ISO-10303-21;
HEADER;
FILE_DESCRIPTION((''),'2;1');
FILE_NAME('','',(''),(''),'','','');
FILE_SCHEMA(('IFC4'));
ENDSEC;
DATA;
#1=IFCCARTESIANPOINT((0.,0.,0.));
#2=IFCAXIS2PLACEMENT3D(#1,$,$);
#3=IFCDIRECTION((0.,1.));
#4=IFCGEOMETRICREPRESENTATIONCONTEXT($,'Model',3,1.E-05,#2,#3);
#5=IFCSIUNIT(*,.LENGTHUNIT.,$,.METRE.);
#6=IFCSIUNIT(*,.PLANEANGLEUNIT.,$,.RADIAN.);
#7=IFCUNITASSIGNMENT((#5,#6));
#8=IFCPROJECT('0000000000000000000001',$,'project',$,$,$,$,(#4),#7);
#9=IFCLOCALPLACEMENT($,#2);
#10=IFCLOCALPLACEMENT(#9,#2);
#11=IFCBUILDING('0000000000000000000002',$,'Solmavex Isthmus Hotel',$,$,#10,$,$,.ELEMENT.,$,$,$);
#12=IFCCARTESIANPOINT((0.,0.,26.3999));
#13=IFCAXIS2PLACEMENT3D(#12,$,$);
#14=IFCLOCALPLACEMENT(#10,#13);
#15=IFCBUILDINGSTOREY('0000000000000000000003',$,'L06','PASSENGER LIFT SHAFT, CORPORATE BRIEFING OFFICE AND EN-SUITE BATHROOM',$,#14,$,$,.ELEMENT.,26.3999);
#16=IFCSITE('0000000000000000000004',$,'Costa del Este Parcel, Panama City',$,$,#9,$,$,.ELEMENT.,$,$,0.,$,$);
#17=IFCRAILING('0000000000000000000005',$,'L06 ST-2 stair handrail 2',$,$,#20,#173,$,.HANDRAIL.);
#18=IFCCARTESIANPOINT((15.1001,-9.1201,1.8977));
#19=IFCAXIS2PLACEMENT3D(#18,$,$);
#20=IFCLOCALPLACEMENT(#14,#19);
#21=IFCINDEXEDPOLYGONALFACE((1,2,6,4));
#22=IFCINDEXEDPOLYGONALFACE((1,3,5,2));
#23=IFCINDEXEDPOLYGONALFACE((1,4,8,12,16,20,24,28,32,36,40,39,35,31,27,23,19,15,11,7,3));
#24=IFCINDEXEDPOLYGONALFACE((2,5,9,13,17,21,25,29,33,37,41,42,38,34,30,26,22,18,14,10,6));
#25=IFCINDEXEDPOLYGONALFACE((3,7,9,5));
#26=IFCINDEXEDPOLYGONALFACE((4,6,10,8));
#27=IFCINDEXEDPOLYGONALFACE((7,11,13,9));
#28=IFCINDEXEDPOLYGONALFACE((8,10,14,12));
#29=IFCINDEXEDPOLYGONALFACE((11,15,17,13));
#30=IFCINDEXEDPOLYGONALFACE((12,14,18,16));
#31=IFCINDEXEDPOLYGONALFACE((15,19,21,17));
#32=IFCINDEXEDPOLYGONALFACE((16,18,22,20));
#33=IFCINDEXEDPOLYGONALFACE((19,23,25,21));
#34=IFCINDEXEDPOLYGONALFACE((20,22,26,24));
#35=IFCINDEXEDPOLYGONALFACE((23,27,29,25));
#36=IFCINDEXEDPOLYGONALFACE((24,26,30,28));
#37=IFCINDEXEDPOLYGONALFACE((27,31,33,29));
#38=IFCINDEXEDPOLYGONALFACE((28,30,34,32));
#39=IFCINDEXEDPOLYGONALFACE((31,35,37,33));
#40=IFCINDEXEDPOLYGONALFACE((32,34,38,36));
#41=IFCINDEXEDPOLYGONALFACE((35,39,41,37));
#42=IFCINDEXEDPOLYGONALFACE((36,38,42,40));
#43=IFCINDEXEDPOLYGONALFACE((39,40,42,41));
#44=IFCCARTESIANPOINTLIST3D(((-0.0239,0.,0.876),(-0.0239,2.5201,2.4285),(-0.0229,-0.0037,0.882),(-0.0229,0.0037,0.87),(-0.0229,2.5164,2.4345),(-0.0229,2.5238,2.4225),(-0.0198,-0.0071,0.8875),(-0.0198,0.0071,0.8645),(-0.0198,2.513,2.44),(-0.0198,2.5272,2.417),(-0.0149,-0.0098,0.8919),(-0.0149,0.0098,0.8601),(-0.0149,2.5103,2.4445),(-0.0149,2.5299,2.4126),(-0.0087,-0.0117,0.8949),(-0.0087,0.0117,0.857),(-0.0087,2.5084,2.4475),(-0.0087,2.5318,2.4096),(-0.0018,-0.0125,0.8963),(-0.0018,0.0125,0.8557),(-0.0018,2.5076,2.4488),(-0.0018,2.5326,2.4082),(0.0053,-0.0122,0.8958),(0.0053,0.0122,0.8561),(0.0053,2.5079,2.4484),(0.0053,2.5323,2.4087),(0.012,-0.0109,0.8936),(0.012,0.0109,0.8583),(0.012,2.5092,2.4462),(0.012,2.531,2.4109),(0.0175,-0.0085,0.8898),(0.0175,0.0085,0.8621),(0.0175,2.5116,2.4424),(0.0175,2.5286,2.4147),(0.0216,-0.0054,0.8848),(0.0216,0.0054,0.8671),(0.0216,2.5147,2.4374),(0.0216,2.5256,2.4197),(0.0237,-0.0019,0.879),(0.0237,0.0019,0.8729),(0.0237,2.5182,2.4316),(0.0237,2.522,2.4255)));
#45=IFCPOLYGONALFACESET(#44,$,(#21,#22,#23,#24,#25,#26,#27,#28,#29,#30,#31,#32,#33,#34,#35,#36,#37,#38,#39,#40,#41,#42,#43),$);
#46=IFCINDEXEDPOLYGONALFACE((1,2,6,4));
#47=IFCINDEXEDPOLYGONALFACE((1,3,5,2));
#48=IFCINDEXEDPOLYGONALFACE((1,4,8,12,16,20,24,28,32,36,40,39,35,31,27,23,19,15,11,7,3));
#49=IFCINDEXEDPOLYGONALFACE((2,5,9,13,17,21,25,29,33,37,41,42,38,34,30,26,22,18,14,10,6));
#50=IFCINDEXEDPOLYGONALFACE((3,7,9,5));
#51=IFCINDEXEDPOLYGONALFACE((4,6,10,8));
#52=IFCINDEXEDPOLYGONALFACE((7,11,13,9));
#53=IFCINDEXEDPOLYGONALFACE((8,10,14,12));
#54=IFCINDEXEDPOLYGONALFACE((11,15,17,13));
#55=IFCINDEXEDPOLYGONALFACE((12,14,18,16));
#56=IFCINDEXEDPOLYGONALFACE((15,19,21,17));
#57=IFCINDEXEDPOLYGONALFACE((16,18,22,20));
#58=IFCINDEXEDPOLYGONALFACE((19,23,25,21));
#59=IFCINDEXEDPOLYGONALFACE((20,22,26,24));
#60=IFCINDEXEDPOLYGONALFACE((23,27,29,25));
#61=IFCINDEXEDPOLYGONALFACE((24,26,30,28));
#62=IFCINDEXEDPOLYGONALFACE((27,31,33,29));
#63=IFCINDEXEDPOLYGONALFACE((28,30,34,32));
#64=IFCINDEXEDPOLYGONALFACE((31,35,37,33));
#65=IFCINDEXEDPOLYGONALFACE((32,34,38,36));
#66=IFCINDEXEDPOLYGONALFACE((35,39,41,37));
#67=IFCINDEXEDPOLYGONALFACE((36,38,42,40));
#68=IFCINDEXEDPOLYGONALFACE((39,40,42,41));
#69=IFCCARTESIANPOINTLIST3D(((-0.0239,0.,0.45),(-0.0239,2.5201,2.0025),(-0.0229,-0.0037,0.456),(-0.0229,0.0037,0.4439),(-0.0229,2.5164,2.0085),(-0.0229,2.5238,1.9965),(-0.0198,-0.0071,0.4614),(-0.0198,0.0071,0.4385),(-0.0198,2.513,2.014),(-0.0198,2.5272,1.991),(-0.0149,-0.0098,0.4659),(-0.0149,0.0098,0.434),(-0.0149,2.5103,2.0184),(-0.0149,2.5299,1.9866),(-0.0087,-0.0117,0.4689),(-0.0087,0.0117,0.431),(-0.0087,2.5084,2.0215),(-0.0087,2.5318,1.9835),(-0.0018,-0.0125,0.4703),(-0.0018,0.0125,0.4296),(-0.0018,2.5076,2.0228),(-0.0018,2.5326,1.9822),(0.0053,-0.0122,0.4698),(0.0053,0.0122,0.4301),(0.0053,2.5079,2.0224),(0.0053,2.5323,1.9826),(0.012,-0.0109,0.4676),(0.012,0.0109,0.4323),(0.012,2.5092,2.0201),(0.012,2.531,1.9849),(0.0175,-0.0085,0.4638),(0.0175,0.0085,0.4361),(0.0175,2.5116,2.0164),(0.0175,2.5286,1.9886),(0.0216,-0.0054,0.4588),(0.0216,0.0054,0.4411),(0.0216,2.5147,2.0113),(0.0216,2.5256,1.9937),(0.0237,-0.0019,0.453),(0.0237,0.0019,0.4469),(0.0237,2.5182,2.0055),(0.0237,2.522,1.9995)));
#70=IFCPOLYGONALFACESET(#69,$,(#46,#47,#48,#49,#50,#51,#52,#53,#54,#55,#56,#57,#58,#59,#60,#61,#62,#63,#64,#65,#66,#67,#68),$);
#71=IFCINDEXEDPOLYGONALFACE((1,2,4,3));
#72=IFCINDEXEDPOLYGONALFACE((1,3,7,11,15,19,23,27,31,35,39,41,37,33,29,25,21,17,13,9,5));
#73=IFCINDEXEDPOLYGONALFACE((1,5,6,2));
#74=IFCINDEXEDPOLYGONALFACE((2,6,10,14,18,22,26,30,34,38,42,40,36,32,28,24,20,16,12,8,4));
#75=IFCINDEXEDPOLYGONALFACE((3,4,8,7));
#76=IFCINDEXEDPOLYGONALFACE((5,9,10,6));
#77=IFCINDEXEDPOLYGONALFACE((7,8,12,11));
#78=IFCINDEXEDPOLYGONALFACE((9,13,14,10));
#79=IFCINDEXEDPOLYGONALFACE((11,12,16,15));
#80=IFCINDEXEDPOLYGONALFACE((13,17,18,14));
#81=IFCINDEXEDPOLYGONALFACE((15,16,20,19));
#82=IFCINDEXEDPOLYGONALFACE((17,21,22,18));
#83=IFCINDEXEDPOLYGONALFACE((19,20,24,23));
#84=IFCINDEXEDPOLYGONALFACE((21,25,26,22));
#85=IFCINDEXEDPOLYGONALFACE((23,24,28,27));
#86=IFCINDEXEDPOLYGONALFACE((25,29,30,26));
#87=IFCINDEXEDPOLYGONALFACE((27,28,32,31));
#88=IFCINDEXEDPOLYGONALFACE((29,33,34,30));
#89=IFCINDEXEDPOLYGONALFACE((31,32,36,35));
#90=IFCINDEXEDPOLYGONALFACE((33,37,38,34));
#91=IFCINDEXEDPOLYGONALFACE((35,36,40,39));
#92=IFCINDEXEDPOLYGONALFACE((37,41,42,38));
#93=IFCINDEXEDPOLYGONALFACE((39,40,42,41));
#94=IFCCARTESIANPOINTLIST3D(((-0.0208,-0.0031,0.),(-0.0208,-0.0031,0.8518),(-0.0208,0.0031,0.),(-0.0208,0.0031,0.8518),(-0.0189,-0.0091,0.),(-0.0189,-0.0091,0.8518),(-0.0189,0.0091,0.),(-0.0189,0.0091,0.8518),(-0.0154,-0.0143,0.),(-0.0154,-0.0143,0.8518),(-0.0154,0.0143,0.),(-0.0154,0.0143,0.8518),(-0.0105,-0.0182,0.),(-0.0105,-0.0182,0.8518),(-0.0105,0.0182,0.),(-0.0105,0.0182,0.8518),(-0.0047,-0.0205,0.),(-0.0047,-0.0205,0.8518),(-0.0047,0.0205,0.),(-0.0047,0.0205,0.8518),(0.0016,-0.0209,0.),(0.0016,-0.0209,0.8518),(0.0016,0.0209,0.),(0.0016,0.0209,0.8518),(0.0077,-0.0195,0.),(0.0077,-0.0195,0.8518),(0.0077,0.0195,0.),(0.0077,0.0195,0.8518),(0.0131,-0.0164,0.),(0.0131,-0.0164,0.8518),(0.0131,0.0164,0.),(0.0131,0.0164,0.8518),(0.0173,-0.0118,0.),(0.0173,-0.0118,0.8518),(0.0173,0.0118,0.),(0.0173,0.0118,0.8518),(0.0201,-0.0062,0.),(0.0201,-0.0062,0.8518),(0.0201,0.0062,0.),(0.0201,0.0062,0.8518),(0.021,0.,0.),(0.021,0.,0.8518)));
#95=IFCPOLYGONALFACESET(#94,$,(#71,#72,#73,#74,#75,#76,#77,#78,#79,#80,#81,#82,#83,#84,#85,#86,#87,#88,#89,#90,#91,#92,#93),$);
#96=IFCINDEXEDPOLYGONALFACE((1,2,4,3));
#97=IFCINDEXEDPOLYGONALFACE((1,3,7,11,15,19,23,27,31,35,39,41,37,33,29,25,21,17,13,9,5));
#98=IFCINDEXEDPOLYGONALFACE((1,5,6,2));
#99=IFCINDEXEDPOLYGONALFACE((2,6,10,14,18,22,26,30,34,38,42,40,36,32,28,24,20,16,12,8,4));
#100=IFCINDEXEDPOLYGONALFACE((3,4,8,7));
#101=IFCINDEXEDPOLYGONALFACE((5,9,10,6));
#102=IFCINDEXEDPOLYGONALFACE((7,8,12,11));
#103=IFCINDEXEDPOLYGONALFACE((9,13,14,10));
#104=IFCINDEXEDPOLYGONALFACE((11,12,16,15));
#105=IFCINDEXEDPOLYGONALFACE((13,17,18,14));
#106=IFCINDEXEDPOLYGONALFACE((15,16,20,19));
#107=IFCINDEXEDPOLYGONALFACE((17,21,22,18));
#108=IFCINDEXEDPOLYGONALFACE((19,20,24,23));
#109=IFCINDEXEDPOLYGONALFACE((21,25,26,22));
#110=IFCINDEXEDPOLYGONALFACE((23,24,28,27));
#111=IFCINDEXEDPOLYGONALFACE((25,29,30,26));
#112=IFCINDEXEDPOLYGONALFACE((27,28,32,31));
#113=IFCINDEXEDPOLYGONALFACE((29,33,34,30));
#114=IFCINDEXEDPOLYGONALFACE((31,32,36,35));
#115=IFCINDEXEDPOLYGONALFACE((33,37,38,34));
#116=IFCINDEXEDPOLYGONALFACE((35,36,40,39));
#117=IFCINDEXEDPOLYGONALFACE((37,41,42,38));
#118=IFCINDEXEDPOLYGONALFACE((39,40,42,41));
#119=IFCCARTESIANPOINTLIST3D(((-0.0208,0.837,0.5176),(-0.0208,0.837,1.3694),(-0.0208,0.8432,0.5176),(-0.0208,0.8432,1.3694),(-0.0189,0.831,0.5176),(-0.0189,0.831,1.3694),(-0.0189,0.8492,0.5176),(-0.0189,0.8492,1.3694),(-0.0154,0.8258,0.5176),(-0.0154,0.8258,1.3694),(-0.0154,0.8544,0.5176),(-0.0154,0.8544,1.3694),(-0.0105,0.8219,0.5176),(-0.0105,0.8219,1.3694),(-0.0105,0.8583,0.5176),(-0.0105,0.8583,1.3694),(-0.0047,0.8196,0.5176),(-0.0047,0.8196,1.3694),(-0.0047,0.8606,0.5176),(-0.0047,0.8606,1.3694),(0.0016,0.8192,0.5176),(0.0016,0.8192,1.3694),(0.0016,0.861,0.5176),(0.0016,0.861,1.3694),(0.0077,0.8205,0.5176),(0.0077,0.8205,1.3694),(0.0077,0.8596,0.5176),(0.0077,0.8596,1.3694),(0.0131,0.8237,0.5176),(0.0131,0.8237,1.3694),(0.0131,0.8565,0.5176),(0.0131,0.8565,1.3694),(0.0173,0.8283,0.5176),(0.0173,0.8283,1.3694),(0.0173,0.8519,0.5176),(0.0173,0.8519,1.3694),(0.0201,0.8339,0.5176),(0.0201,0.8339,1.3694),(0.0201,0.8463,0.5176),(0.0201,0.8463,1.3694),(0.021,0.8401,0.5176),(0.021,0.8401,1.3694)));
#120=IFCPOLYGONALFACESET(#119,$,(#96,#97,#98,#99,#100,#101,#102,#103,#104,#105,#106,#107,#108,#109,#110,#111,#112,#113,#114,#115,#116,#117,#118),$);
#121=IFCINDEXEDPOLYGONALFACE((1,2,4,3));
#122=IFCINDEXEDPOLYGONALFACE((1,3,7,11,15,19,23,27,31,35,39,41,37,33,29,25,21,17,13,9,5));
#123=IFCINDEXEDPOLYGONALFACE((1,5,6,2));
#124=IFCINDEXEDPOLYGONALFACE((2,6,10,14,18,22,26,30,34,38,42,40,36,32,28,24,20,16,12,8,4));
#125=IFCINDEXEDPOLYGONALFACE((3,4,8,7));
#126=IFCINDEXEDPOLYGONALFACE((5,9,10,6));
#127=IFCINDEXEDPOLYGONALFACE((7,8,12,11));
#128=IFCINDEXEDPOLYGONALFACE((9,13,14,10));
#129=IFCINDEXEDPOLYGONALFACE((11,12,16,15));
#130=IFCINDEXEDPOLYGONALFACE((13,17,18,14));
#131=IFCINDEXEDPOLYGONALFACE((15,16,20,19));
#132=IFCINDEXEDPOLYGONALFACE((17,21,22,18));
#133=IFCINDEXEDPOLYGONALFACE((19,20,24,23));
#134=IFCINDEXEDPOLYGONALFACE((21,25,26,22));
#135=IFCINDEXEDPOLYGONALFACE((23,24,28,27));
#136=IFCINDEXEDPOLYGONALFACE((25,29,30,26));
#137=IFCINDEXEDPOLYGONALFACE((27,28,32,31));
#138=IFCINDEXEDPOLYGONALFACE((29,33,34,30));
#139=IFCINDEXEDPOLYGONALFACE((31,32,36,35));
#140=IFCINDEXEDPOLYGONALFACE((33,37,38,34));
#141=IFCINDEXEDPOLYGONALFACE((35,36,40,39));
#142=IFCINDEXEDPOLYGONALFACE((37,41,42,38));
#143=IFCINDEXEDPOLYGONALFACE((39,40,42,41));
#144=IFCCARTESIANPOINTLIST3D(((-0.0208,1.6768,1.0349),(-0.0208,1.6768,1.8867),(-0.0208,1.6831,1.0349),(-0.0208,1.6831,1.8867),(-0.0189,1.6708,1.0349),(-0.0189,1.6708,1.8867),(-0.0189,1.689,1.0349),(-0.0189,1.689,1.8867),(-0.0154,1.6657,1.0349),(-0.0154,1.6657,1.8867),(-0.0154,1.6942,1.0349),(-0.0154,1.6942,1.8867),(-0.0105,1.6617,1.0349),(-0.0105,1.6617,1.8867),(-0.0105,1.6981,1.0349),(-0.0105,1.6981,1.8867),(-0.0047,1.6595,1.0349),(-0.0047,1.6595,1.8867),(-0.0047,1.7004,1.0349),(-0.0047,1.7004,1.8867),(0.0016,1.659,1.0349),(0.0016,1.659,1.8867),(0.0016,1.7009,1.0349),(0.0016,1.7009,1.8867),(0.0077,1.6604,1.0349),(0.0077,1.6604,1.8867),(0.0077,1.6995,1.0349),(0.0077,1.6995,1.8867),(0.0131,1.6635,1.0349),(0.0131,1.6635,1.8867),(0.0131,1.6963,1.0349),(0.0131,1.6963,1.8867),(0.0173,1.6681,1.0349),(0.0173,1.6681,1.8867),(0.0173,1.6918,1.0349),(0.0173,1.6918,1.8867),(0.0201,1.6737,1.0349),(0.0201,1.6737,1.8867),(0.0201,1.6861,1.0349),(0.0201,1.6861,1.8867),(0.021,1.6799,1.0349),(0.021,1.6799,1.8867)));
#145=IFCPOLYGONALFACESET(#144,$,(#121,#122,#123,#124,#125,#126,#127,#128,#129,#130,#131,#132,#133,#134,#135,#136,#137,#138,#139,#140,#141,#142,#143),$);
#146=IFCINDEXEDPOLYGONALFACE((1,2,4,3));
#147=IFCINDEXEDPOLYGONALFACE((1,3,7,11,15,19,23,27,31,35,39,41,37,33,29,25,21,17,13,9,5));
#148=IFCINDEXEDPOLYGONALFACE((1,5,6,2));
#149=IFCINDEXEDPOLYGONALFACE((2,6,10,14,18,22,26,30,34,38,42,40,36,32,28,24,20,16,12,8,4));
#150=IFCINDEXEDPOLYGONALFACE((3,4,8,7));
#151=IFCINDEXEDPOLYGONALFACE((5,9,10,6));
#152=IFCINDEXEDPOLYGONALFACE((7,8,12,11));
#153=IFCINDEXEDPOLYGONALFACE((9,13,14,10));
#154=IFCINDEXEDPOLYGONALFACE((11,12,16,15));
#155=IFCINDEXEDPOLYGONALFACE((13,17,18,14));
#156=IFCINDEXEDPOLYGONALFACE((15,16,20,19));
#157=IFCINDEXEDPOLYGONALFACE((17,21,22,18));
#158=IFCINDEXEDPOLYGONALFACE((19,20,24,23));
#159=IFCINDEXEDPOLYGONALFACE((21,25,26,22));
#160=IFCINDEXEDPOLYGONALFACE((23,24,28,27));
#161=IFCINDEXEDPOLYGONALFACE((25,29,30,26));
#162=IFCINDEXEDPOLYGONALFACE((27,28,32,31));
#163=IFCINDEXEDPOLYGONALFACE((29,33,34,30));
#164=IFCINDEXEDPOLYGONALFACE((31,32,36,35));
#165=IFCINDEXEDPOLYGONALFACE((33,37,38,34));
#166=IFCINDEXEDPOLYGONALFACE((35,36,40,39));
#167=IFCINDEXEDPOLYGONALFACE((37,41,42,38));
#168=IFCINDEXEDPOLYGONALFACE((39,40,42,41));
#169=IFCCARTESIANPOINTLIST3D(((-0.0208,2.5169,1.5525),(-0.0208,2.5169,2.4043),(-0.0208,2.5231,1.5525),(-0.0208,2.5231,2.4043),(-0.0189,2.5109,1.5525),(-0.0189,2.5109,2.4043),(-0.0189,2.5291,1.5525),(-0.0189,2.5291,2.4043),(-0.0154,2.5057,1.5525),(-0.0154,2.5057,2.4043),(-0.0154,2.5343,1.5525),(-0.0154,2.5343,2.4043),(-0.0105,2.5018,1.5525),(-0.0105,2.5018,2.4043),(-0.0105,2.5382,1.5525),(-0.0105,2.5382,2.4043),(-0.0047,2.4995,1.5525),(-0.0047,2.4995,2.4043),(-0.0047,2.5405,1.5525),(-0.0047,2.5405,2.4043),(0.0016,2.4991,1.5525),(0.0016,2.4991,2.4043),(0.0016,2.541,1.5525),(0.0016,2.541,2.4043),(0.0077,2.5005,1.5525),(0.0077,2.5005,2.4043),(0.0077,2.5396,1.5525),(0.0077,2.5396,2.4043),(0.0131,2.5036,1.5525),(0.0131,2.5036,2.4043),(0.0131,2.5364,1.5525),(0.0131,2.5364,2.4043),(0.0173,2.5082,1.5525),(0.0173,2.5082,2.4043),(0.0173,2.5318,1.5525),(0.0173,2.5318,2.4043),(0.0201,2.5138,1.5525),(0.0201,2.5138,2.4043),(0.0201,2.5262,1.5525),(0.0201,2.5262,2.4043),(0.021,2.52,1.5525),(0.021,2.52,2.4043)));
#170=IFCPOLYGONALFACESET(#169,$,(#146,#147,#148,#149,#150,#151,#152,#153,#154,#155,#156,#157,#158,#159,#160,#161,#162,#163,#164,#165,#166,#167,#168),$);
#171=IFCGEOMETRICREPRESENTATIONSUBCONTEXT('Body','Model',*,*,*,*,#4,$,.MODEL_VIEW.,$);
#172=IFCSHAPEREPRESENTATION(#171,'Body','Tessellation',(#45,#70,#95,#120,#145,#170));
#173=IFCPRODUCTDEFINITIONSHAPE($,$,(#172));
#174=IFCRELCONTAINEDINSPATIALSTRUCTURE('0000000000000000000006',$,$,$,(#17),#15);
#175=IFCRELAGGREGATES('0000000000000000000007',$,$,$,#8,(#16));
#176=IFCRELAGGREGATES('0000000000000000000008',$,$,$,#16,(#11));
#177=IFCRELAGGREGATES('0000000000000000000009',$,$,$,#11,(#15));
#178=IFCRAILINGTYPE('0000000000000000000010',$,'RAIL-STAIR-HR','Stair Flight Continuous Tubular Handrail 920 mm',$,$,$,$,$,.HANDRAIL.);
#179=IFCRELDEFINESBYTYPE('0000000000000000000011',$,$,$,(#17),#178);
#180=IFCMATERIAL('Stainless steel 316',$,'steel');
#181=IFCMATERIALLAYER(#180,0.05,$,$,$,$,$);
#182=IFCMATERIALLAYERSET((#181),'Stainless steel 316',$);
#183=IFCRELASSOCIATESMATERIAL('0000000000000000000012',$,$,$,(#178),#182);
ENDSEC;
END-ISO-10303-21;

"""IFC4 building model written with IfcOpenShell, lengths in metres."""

from ifc_helpers import new_model, si_unit, direction, frame, origin, origin_2d, place, context, subcontext, project, spatial, circle, extrude, material, layer, layer_set, type_object, element, save


model = new_model("IFC4")

# Units and contexts
model_context = context("Model", 3, precision=1e-05, world=origin(), true_north=direction((0.0, 1.0)))
body_context = subcontext(model_context, "Body", "Model", "MODEL_VIEW")
ifc_project = project(units=[si_unit("LENGTHUNIT", "METRE"), si_unit("PLANEANGLEUNIT", "RADIAN")], contexts=[model_context])

# Site, building, storey
site_placement = place(None, origin())
site = spatial("IfcSite", under=ifc_project, at=site_placement, Name="Costa del Este Parcel, Panama City", CompositionType="ELEMENT", RefElevation=0.0)
building_placement = place(site_placement, origin())
building = spatial("IfcBuilding", under=site, at=building_placement, Name="Solmavex Isthmus Hotel", CompositionType="ELEMENT")
storey_placement = place(building_placement, frame((0.0, 0.0, 26.3999)))
storey = spatial("IfcBuildingStorey", under=building, at=storey_placement, Name="L06", Description="PASSENGER LIFT SHAFT, CORPORATE BRIEFING OFFICE AND EN-SUITE BATHROOM", CompositionType="ELEMENT", Elevation=26.3999)

# Railing
ifc_material_1 = material(Name="Stainless steel 316", Category="steel")
ifc_layer_1 = layer(ifc_material_1, 0.05)
ifc_layer_set_1 = layer_set([ifc_layer_1], Name="Stainless steel 316")
railing_type_1 = type_object("IfcRailingType", Name="RAIL-STAIR-HR", Description="Stair Flight Continuous Tubular Handrail 920 mm", PredefinedType="HANDRAIL", material=ifc_layer_set_1)
railing_1_placement = place(storey_placement, frame((15.1001, -9.1201, 1.8977)))
element("IfcRailing", 1, at=railing_1_placement, inside=storey, type_object=railing_type_1, Name="L06 ST-2 stair handrail 2", PredefinedType="HANDRAIL", context=body_context, shape_type="SweptSolid", body=[
    extrude(circle(Radius=0.0239, at=origin_2d()), frame((0.0, 0.0, 0.876), z_axis=(0.0, 0.8514, 0.524516), x_axis=(-1.0, 0.0, 0.0)), (0.0, 0.0, 1.0), 2.96),
    extrude(circle(Radius=0.0239, at=origin_2d()), frame((0.0, 0.0, 0.45), z_axis=(0.0, 0.8514, 0.524516), x_axis=(-1.0, 0.0, 0.0)), (0.0, 0.0, 1.0), 2.96),
    extrude(circle(Radius=0.021, at=origin_2d()), origin(), (0.0, 0.0, 1.0), 0.8518),
    extrude(circle(Radius=0.021, at=origin_2d()), frame((0.0, 0.8401, 0.5176)), (0.0, 0.0, 1.0), 0.8518),
    extrude(circle(Radius=0.021, at=origin_2d()), frame((0.0, 1.6799, 1.0349)), (0.0, 0.0, 1.0), 0.8518),
    extrude(circle(Radius=0.021, at=origin_2d()), frame((0.0, 2.52, 1.5525)), (0.0, 0.0, 1.0), 0.8518),
])

save(model, "model.ifc")
